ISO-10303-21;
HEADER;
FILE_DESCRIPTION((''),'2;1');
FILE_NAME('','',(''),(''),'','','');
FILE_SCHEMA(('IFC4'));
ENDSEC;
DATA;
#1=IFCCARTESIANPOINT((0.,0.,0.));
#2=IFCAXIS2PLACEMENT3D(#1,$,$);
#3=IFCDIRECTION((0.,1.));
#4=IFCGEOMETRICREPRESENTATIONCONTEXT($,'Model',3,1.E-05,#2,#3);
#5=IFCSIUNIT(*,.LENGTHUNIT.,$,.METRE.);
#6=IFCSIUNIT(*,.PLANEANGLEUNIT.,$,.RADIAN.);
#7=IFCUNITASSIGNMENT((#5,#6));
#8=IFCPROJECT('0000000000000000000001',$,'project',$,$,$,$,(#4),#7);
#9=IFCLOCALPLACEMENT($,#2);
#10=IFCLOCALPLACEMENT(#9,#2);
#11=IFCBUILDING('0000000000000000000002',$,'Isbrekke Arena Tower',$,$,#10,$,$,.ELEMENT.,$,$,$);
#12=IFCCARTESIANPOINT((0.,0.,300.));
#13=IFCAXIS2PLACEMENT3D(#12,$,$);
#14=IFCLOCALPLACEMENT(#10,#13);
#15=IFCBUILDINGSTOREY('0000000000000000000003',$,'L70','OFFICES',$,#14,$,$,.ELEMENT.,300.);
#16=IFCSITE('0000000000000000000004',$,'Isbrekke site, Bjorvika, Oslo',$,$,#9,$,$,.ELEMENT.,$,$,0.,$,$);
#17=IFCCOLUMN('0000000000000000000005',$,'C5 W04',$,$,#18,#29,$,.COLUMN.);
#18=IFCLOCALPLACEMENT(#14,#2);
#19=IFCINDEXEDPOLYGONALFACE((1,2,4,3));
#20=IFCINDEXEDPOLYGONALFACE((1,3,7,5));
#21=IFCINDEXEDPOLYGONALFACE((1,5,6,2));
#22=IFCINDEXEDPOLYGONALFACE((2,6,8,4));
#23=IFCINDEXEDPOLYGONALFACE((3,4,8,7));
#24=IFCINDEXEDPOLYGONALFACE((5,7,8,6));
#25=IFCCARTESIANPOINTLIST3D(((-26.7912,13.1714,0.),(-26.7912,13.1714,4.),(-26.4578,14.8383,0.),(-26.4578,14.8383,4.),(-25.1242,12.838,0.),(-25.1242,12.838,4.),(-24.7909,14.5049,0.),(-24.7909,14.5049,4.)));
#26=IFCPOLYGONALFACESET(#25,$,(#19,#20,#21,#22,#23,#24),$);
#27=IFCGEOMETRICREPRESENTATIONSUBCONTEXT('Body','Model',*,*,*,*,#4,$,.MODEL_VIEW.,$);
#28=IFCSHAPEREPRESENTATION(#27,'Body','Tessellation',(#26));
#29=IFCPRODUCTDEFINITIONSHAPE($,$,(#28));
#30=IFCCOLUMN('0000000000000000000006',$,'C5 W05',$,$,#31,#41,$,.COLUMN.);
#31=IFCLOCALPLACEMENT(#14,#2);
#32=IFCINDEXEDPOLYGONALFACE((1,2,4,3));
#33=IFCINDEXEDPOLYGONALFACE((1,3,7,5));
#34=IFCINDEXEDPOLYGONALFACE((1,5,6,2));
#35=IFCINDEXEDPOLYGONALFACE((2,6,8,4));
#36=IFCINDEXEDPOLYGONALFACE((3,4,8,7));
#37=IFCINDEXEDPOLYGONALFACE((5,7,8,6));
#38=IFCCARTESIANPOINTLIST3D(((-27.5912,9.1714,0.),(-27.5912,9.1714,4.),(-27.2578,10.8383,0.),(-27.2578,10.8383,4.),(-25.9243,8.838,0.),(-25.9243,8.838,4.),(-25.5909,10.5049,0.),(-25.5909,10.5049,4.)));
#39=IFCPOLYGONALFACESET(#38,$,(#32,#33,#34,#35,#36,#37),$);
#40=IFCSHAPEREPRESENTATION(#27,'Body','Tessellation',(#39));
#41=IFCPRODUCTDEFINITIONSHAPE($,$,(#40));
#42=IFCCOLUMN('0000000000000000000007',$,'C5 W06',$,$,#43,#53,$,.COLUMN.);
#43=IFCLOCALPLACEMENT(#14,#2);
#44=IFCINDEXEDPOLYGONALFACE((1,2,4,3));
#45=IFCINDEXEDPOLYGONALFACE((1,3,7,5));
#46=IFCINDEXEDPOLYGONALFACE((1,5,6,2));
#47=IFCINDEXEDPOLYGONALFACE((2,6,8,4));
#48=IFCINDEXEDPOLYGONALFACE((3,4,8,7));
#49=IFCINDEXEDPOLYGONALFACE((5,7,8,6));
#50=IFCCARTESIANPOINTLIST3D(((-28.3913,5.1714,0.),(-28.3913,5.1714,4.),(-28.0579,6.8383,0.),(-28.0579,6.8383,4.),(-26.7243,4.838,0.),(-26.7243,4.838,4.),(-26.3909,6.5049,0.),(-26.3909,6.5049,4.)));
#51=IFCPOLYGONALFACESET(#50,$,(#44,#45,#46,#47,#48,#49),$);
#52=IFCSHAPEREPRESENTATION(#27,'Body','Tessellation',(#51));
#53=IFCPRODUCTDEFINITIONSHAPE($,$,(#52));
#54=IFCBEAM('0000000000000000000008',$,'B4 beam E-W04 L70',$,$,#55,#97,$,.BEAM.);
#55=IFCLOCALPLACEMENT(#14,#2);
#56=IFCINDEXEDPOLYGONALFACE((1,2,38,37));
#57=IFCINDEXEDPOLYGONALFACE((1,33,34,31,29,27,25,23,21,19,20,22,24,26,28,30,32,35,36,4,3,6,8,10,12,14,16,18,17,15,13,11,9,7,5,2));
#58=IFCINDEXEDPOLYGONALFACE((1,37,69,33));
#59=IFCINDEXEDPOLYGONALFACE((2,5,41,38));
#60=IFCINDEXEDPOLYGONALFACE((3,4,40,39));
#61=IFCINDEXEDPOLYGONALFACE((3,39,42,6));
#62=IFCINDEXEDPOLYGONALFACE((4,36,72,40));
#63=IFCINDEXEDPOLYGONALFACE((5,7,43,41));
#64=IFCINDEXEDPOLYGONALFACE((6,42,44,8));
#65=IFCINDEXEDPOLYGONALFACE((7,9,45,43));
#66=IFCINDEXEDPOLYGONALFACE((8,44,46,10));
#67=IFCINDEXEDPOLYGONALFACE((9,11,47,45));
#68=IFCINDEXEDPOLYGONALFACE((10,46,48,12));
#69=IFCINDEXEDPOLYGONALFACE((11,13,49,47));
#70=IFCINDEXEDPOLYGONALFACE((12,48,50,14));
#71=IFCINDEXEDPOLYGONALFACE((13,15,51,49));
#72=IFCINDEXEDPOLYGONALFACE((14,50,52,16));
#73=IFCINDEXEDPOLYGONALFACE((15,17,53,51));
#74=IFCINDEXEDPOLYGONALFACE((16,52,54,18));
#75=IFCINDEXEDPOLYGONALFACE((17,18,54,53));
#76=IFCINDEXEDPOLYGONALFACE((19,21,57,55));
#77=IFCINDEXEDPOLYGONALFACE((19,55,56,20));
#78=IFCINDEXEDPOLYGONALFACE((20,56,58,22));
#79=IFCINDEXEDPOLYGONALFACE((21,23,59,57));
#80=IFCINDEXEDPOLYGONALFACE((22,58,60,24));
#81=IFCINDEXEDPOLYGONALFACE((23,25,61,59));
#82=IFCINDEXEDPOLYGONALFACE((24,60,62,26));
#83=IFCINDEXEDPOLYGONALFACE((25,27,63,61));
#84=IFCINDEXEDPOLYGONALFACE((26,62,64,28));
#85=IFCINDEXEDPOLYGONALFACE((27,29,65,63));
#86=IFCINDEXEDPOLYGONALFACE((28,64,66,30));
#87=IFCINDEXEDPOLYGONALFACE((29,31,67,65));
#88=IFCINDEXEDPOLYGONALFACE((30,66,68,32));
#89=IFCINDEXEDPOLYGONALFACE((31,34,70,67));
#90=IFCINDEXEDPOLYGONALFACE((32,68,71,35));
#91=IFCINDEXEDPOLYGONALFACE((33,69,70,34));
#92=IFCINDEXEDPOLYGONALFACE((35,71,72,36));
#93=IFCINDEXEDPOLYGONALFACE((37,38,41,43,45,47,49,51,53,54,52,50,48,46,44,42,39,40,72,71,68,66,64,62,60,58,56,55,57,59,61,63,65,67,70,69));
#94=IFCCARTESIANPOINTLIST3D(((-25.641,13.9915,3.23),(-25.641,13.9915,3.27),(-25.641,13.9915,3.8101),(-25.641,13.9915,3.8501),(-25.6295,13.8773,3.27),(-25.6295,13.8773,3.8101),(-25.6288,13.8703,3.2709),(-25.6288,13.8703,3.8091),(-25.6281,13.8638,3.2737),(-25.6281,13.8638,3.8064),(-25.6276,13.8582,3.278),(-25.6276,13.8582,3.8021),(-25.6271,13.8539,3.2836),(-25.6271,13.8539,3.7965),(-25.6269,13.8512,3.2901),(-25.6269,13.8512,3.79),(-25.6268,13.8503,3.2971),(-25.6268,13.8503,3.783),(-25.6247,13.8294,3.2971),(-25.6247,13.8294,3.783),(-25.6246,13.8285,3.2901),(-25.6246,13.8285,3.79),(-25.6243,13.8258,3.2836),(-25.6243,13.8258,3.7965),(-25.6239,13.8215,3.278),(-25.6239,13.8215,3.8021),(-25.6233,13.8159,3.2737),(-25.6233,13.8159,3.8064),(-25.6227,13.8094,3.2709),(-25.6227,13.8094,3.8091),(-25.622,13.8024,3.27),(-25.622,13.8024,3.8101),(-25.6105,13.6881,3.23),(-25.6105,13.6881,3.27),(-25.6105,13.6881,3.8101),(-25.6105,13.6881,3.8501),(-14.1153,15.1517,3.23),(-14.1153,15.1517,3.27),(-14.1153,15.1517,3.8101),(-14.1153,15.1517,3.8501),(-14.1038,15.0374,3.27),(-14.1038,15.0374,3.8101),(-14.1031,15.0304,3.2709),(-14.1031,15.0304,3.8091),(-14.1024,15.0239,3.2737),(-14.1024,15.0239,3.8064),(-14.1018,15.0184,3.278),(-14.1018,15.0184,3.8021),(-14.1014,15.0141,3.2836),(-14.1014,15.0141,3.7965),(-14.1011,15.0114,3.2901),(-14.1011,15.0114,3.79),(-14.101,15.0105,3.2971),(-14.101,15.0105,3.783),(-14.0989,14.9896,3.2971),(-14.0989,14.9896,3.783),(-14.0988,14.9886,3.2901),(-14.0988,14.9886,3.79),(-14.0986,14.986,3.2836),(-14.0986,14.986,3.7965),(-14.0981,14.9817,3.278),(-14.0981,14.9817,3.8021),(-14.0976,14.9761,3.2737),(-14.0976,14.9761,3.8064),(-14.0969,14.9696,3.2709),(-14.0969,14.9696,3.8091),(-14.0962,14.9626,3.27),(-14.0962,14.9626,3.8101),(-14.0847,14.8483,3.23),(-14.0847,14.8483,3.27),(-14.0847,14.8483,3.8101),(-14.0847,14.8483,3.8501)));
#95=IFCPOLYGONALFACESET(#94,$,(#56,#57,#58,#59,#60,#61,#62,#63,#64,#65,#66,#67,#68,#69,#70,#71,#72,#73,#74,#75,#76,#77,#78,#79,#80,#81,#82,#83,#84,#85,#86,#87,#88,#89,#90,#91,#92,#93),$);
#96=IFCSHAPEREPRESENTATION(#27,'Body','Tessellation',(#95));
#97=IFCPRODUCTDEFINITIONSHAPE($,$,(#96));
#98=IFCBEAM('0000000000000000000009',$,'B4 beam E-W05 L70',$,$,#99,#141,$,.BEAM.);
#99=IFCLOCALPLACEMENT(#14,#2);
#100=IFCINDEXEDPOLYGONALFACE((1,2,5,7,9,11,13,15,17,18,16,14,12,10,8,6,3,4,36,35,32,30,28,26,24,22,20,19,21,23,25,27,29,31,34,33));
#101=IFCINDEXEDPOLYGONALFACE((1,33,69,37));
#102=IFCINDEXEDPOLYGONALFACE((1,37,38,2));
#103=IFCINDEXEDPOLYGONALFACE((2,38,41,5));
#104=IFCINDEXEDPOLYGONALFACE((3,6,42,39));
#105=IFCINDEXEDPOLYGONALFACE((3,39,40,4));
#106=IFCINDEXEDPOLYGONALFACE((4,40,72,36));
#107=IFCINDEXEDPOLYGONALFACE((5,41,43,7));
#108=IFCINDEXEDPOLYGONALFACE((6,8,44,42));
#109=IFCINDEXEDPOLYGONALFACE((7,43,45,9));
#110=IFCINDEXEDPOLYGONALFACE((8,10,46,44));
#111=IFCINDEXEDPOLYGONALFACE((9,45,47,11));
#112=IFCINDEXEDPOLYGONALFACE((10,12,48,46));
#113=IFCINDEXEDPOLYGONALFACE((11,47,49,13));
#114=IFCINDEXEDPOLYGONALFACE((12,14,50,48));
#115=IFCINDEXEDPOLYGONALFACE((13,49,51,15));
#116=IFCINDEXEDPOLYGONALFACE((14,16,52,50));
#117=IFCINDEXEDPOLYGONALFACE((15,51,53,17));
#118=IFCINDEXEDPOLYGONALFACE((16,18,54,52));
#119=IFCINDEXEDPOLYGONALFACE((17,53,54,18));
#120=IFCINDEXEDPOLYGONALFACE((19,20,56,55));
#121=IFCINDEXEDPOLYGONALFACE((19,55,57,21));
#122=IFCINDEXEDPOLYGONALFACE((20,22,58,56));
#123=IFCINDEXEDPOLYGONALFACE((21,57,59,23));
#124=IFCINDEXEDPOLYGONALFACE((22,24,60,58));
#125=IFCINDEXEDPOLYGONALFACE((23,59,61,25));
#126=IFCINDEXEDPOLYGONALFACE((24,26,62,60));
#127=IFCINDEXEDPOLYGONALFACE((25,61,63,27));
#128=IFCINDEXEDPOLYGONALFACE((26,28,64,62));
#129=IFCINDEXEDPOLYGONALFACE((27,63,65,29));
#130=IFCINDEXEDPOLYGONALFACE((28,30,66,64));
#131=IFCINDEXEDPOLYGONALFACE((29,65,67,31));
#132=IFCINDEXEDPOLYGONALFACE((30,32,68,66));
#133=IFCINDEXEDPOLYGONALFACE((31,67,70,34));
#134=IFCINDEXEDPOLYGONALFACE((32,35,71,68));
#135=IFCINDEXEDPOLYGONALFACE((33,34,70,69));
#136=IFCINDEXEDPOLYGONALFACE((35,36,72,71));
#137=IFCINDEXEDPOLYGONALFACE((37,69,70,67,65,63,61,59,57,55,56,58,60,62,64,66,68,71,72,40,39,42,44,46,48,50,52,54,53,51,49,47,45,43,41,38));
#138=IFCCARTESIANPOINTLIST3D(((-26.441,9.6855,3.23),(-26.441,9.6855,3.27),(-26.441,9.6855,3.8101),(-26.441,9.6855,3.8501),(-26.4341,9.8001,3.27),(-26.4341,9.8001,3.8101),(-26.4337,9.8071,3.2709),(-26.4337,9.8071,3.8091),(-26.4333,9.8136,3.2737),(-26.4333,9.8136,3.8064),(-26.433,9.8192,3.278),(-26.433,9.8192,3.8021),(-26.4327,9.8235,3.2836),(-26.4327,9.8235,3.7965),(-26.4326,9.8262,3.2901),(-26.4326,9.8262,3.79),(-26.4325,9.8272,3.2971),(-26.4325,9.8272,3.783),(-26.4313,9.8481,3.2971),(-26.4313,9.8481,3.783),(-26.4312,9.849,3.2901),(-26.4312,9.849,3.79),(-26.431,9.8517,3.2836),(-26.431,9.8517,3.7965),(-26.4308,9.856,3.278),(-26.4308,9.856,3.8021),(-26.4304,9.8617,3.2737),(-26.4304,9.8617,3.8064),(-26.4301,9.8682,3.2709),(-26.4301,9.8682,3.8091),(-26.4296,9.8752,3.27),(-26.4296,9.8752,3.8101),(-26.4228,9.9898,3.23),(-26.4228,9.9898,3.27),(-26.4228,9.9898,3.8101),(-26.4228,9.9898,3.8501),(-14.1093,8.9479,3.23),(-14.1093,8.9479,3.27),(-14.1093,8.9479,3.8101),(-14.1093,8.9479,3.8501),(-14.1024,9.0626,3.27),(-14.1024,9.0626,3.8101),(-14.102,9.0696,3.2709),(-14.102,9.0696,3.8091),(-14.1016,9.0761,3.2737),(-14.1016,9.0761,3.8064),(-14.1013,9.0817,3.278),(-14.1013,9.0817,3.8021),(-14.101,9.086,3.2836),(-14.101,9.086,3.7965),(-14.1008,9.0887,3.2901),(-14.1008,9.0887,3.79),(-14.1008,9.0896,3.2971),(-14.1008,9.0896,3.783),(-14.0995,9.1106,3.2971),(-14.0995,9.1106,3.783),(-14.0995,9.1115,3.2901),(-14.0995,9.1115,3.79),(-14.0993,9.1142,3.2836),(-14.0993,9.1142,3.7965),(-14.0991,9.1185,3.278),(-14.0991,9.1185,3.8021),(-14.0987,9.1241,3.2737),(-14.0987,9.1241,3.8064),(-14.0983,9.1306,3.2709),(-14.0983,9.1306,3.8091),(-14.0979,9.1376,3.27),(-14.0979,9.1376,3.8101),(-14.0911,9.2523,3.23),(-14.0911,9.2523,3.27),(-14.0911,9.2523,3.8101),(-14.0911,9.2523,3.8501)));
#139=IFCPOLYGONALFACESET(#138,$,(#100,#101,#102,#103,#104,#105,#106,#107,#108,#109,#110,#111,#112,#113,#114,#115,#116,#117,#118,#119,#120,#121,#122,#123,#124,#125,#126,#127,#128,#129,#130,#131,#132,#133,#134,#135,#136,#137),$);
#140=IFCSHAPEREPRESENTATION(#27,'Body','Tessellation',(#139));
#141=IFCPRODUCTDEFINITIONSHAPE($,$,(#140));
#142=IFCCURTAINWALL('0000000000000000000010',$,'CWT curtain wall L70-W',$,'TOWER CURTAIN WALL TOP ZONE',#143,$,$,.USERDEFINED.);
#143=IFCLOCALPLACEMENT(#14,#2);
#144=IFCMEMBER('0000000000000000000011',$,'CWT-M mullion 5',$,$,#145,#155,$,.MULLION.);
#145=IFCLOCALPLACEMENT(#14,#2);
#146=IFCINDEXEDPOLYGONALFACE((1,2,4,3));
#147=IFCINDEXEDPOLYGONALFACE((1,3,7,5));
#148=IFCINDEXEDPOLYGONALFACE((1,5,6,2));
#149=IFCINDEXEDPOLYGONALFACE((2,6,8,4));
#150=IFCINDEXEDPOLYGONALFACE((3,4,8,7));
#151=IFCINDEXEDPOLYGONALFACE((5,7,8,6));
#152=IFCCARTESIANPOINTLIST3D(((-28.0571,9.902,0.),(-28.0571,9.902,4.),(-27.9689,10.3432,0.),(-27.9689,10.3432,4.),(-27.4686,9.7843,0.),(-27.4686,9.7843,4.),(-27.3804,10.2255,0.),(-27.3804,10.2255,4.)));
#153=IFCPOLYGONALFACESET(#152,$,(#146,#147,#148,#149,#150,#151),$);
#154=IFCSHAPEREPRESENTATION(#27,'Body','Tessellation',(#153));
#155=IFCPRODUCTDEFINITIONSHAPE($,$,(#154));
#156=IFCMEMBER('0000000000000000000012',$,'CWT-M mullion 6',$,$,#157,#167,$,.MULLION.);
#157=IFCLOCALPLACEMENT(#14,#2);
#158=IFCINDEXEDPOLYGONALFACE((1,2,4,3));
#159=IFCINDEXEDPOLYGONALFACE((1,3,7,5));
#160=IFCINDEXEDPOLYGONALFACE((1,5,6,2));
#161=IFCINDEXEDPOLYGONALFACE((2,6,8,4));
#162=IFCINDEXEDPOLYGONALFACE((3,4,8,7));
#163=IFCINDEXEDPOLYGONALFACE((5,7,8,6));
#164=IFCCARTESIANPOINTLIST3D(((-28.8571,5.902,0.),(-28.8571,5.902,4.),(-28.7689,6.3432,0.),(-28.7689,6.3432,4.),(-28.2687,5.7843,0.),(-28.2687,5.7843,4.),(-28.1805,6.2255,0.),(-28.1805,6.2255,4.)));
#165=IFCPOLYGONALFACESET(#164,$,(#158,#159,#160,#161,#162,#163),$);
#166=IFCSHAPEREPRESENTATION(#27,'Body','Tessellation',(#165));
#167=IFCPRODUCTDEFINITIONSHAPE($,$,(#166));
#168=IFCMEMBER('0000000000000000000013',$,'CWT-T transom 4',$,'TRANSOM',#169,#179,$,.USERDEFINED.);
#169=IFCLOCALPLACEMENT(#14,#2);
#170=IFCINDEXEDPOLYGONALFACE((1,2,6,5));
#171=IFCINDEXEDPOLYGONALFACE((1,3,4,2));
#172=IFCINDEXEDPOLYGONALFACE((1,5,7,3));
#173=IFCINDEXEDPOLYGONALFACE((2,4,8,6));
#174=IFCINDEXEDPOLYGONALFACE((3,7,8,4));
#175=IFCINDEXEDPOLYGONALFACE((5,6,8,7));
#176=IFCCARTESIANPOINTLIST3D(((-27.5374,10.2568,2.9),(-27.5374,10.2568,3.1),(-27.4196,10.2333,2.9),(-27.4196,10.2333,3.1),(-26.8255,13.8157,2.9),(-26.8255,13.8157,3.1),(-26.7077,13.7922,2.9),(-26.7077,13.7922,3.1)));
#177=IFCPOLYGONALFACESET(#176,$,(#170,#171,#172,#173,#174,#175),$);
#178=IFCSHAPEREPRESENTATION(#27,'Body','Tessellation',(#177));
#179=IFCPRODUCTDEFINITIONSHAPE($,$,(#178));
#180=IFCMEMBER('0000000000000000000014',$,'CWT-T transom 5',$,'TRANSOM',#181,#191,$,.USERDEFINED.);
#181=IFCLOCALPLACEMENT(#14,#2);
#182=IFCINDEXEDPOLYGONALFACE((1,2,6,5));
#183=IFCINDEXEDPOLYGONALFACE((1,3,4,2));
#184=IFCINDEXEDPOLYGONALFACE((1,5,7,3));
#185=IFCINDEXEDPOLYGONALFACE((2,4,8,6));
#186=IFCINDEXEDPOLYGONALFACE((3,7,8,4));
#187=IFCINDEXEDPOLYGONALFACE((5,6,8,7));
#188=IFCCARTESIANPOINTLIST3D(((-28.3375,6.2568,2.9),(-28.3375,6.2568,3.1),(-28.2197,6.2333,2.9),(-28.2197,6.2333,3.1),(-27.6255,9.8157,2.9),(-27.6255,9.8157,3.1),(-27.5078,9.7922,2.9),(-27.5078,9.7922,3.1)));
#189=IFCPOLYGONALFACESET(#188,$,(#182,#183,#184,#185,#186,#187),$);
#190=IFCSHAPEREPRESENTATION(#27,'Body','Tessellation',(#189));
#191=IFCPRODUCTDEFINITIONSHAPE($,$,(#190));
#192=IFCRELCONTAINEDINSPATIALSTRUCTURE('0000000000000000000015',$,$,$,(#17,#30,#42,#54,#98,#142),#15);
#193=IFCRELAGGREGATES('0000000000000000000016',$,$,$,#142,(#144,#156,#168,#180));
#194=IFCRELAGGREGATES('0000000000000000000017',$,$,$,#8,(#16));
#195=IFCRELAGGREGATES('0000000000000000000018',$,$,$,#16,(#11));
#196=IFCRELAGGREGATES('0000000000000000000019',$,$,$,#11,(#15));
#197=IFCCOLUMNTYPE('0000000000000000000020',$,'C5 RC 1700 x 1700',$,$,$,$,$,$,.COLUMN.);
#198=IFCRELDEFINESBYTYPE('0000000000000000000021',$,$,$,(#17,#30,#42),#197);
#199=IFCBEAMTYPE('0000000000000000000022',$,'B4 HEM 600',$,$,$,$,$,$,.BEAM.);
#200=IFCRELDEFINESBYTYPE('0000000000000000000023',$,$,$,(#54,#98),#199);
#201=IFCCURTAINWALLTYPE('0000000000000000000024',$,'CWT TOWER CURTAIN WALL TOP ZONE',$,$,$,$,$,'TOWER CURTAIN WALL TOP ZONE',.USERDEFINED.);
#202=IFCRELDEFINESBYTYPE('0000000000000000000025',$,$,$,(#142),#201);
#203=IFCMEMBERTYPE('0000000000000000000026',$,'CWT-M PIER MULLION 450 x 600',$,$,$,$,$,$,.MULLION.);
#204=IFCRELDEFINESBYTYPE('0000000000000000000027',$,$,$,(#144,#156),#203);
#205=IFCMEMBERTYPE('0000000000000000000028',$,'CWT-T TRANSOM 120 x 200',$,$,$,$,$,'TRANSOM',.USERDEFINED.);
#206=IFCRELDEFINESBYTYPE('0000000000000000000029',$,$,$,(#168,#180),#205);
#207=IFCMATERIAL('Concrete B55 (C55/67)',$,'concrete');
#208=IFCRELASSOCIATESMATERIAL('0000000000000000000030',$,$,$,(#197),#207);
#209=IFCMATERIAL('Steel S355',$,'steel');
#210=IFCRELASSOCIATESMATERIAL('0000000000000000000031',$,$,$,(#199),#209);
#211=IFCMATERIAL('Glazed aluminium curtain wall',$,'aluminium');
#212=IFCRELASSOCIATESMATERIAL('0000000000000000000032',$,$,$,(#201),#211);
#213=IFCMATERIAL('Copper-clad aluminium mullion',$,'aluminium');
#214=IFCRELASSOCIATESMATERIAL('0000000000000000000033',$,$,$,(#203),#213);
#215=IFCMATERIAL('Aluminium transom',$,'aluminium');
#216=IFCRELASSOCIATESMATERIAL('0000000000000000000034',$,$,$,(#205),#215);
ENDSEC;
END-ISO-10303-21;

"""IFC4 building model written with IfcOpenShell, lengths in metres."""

from ifc_helpers import new_model, si_unit, direction, frame, origin, origin_2d, place, context, subcontext, project, spatial, rectangle, i_section, extrude, material, material_profile, profile_set, type_object, element, aggregate, save


model = new_model("IFC4")

# Units and contexts
model_context = context("Model", 3, precision=1e-05, world=origin(), true_north=direction((0.0, 1.0)))
body_context = subcontext(model_context, "Body", "Model", "MODEL_VIEW")
ifc_project = project(units=[si_unit("LENGTHUNIT", "METRE"), si_unit("PLANEANGLEUNIT", "RADIAN")], contexts=[model_context])

# Site, building, storey
site_placement = place(None, origin())
site = spatial("IfcSite", under=ifc_project, at=site_placement, Name="Isbrekke site, Bjorvika, Oslo", CompositionType="ELEMENT", RefElevation=0.0)
building_placement = place(site_placement, origin())
building = spatial("IfcBuilding", under=site, at=building_placement, Name="Isbrekke Arena Tower", CompositionType="ELEMENT")
storey_placement = place(building_placement, frame((0.0, 0.0, 300.0)))
storey = spatial("IfcBuildingStorey", under=building, at=storey_placement, Name="L70", Description="OFFICES", CompositionType="ELEMENT", Elevation=300.0)

# Columns
ifc_material_1 = material(Name="Concrete B55 (C55/67)", Category="concrete")
ifc_material_profile_1 = material_profile(ifc_material_1, rectangle(XDim=1.7, YDim=1.7, at=origin_2d()), Name="RC 1700x1700")
ifc_profile_set_1 = profile_set([ifc_material_profile_1], Name="Concrete B55 (C55/67)")
column_type = type_object("IfcColumnType", Name="C5 RC 1700 x 1700", PredefinedType="COLUMN", material=ifc_profile_set_1)
for number, where, z_axis, x_axis, name in (
    (1, (-25.791, 13.8381, 0.0), (0.0, 0.0, 1.0), (-0.196116, -0.980581, 0.0), "C5 W04"),
    (2, (-26.5911, 9.8381, 0.0), (0.0, 0.0, 1.0), (-0.196116, -0.980581, 0.0), "C5 W05"),
    (3, (-27.3911, 5.8381, 0.0), (0.0, 0.0, 1.0), (-0.196116, -0.980581, 0.0), "C5 W06"),
):
    element("IfcColumn", number, at=place(storey_placement, frame(where, z_axis=z_axis, x_axis=x_axis)), inside=storey, type_object=column_type, Name=name, PredefinedType="COLUMN", context=body_context, shape_type="SweptSolid", body=[
        extrude(rectangle(XDim=1.7, YDim=1.7, at=origin_2d()), origin(), (0.0, 0.0, 1.0), 4.0),
    ])

# Beams
ifc_material_2 = material(Name="Steel S355", Category="steel")
ifc_material_profile_2 = material_profile(ifc_material_2, i_section(OverallWidth=0.3049, OverallDepth=0.6201, WebThickness=0.021, FlangeThickness=0.04, FilletRadius=0.0271, at=origin_2d()), Name="HEM 600")
ifc_profile_set_2 = profile_set([ifc_material_profile_2], Name="Steel S355")
beam_type_1 = type_object("IfcBeamType", Name="B4 HEM 600", PredefinedType="BEAM", material=ifc_profile_set_2)
beam_1_placement = place(storey_placement, frame((-25.6257, 13.8398, 3.54), z_axis=(0.994972, 0.100153, 0.0), x_axis=(-0.100153, 0.994972, 0.0)))
element("IfcBeam", 4, at=beam_1_placement, inside=storey, type_object=beam_type_1, Name="B4 beam E-W04 L70", PredefinedType="BEAM", context=body_context, shape_type="SweptSolid", body=[
    extrude(i_section(OverallWidth=0.3049, OverallDepth=0.6201, WebThickness=0.021, FlangeThickness=0.04, FilletRadius=0.0271, at=origin_2d()), origin(), (0.0, 0.0, 1.0), 11.584),
])
beam_2_placement = place(storey_placement, frame((-26.4319, 9.8376, 3.54), z_axis=(0.998216, -0.059702, 0.0), x_axis=(0.059702, 0.998216, 0.0)))
element("IfcBeam", 5, at=beam_2_placement, inside=storey, type_object=beam_type_1, Name="B4 beam E-W05 L70", PredefinedType="BEAM", context=body_context, shape_type="SweptSolid", body=[
    extrude(i_section(OverallWidth=0.3049, OverallDepth=0.6201, WebThickness=0.021, FlangeThickness=0.04, FilletRadius=0.0271, at=origin_2d()), origin(), (0.0, 0.0, 1.0), 12.3538),
])

# Curtain wall, members
ifc_material_3 = material(Name="Glazed aluminium curtain wall", Category="aluminium")
curtain_wall_type = type_object("IfcCurtainWallType", Name="CWT TOWER CURTAIN WALL TOP ZONE", ElementType="TOWER CURTAIN WALL TOP ZONE", PredefinedType="USERDEFINED", material=ifc_material_3)
curtain_wall_placement = place(storey_placement, origin())
curtain_wall = element("IfcCurtainWall", 6, at=curtain_wall_placement, inside=storey, type_object=curtain_wall_type, Name="CWT curtain wall L70-W", ObjectType="TOWER CURTAIN WALL TOP ZONE", PredefinedType="USERDEFINED")
ifc_material_4 = material(Name="Copper-clad aluminium mullion", Category="aluminium")
ifc_material_profile_3 = material_profile(ifc_material_4, rectangle(XDim=0.45, YDim=0.6001, at=origin_2d()), Name="PIER 450X600")
ifc_profile_set_3 = profile_set([ifc_material_profile_3], Name="Copper-clad aluminium mullion")
member_type_1 = type_object("IfcMemberType", Name="CWT-M PIER MULLION 450 x 600", PredefinedType="MULLION", material=ifc_profile_set_3)
member_1_placement = place(storey_placement, frame((-27.7188, 10.0637, 0.0), z_axis=(0.0, 0.0, 1.0), x_axis=(-0.196116, -0.980581, 0.0)))
member_1 = element("IfcMember", 7, at=member_1_placement, type_object=member_type_1, Name="CWT-M mullion 5", PredefinedType="MULLION", context=body_context, shape_type="SweptSolid", body=[
    extrude(rectangle(XDim=0.45, YDim=0.6001, at=origin_2d()), origin(), (0.0, 0.0, 1.0), 4.0),
])
member_2_placement = place(storey_placement, frame((-28.5188, 6.0637, 0.0), z_axis=(0.0, 0.0, 1.0), x_axis=(-0.196116, -0.980581, 0.0)))
member_2 = element("IfcMember", 8, at=member_2_placement, type_object=member_type_1, Name="CWT-M mullion 6", PredefinedType="MULLION", context=body_context, shape_type="SweptSolid", body=[
    extrude(rectangle(XDim=0.45, YDim=0.6001, at=origin_2d()), origin(), (0.0, 0.0, 1.0), 4.0),
])
ifc_material_5 = material(Name="Aluminium transom", Category="aluminium")
ifc_material_profile_4 = material_profile(ifc_material_5, rectangle(XDim=0.1201, YDim=0.2, at=origin_2d()), Name="TRANSOM 120X200")
ifc_profile_set_4 = profile_set([ifc_material_profile_4], Name="Aluminium transom")
member_type_2 = type_object("IfcMemberType", Name="CWT-T TRANSOM 120 x 200", ElementType="TRANSOM", PredefinedType="USERDEFINED", material=ifc_profile_set_4)
member_3_placement = place(storey_placement, frame((-26.7666, 13.804, 3.0), z_axis=(-0.196155, -0.980573, 0.0), x_axis=(0.980573, -0.196155, 0.0)))
member_3 = element("IfcMember", 9, at=member_3_placement, type_object=member_type_2, Name="CWT-T transom 4", ObjectType="TRANSOM", PredefinedType="USERDEFINED", context=body_context, shape_type="SweptSolid", body=[
    extrude(rectangle(XDim=0.1201, YDim=0.2, at=origin_2d()), origin(), (0.0, 0.0, 1.0), 3.6294),
])
member_4_placement = place(storey_placement, frame((-27.5667, 9.804, 3.0), z_axis=(-0.196155, -0.980573, 0.0), x_axis=(0.980573, -0.196155, 0.0)))
member_4 = element("IfcMember", 10, at=member_4_placement, type_object=member_type_2, Name="CWT-T transom 5", ObjectType="TRANSOM", PredefinedType="USERDEFINED", context=body_context, shape_type="SweptSolid", body=[
    extrude(rectangle(XDim=0.1201, YDim=0.2, at=origin_2d()), origin(), (0.0, 0.0, 1.0), 3.6294),
])

aggregate(curtain_wall, [member_1, member_2, member_3, member_4])

save(model, "model.ifc")
